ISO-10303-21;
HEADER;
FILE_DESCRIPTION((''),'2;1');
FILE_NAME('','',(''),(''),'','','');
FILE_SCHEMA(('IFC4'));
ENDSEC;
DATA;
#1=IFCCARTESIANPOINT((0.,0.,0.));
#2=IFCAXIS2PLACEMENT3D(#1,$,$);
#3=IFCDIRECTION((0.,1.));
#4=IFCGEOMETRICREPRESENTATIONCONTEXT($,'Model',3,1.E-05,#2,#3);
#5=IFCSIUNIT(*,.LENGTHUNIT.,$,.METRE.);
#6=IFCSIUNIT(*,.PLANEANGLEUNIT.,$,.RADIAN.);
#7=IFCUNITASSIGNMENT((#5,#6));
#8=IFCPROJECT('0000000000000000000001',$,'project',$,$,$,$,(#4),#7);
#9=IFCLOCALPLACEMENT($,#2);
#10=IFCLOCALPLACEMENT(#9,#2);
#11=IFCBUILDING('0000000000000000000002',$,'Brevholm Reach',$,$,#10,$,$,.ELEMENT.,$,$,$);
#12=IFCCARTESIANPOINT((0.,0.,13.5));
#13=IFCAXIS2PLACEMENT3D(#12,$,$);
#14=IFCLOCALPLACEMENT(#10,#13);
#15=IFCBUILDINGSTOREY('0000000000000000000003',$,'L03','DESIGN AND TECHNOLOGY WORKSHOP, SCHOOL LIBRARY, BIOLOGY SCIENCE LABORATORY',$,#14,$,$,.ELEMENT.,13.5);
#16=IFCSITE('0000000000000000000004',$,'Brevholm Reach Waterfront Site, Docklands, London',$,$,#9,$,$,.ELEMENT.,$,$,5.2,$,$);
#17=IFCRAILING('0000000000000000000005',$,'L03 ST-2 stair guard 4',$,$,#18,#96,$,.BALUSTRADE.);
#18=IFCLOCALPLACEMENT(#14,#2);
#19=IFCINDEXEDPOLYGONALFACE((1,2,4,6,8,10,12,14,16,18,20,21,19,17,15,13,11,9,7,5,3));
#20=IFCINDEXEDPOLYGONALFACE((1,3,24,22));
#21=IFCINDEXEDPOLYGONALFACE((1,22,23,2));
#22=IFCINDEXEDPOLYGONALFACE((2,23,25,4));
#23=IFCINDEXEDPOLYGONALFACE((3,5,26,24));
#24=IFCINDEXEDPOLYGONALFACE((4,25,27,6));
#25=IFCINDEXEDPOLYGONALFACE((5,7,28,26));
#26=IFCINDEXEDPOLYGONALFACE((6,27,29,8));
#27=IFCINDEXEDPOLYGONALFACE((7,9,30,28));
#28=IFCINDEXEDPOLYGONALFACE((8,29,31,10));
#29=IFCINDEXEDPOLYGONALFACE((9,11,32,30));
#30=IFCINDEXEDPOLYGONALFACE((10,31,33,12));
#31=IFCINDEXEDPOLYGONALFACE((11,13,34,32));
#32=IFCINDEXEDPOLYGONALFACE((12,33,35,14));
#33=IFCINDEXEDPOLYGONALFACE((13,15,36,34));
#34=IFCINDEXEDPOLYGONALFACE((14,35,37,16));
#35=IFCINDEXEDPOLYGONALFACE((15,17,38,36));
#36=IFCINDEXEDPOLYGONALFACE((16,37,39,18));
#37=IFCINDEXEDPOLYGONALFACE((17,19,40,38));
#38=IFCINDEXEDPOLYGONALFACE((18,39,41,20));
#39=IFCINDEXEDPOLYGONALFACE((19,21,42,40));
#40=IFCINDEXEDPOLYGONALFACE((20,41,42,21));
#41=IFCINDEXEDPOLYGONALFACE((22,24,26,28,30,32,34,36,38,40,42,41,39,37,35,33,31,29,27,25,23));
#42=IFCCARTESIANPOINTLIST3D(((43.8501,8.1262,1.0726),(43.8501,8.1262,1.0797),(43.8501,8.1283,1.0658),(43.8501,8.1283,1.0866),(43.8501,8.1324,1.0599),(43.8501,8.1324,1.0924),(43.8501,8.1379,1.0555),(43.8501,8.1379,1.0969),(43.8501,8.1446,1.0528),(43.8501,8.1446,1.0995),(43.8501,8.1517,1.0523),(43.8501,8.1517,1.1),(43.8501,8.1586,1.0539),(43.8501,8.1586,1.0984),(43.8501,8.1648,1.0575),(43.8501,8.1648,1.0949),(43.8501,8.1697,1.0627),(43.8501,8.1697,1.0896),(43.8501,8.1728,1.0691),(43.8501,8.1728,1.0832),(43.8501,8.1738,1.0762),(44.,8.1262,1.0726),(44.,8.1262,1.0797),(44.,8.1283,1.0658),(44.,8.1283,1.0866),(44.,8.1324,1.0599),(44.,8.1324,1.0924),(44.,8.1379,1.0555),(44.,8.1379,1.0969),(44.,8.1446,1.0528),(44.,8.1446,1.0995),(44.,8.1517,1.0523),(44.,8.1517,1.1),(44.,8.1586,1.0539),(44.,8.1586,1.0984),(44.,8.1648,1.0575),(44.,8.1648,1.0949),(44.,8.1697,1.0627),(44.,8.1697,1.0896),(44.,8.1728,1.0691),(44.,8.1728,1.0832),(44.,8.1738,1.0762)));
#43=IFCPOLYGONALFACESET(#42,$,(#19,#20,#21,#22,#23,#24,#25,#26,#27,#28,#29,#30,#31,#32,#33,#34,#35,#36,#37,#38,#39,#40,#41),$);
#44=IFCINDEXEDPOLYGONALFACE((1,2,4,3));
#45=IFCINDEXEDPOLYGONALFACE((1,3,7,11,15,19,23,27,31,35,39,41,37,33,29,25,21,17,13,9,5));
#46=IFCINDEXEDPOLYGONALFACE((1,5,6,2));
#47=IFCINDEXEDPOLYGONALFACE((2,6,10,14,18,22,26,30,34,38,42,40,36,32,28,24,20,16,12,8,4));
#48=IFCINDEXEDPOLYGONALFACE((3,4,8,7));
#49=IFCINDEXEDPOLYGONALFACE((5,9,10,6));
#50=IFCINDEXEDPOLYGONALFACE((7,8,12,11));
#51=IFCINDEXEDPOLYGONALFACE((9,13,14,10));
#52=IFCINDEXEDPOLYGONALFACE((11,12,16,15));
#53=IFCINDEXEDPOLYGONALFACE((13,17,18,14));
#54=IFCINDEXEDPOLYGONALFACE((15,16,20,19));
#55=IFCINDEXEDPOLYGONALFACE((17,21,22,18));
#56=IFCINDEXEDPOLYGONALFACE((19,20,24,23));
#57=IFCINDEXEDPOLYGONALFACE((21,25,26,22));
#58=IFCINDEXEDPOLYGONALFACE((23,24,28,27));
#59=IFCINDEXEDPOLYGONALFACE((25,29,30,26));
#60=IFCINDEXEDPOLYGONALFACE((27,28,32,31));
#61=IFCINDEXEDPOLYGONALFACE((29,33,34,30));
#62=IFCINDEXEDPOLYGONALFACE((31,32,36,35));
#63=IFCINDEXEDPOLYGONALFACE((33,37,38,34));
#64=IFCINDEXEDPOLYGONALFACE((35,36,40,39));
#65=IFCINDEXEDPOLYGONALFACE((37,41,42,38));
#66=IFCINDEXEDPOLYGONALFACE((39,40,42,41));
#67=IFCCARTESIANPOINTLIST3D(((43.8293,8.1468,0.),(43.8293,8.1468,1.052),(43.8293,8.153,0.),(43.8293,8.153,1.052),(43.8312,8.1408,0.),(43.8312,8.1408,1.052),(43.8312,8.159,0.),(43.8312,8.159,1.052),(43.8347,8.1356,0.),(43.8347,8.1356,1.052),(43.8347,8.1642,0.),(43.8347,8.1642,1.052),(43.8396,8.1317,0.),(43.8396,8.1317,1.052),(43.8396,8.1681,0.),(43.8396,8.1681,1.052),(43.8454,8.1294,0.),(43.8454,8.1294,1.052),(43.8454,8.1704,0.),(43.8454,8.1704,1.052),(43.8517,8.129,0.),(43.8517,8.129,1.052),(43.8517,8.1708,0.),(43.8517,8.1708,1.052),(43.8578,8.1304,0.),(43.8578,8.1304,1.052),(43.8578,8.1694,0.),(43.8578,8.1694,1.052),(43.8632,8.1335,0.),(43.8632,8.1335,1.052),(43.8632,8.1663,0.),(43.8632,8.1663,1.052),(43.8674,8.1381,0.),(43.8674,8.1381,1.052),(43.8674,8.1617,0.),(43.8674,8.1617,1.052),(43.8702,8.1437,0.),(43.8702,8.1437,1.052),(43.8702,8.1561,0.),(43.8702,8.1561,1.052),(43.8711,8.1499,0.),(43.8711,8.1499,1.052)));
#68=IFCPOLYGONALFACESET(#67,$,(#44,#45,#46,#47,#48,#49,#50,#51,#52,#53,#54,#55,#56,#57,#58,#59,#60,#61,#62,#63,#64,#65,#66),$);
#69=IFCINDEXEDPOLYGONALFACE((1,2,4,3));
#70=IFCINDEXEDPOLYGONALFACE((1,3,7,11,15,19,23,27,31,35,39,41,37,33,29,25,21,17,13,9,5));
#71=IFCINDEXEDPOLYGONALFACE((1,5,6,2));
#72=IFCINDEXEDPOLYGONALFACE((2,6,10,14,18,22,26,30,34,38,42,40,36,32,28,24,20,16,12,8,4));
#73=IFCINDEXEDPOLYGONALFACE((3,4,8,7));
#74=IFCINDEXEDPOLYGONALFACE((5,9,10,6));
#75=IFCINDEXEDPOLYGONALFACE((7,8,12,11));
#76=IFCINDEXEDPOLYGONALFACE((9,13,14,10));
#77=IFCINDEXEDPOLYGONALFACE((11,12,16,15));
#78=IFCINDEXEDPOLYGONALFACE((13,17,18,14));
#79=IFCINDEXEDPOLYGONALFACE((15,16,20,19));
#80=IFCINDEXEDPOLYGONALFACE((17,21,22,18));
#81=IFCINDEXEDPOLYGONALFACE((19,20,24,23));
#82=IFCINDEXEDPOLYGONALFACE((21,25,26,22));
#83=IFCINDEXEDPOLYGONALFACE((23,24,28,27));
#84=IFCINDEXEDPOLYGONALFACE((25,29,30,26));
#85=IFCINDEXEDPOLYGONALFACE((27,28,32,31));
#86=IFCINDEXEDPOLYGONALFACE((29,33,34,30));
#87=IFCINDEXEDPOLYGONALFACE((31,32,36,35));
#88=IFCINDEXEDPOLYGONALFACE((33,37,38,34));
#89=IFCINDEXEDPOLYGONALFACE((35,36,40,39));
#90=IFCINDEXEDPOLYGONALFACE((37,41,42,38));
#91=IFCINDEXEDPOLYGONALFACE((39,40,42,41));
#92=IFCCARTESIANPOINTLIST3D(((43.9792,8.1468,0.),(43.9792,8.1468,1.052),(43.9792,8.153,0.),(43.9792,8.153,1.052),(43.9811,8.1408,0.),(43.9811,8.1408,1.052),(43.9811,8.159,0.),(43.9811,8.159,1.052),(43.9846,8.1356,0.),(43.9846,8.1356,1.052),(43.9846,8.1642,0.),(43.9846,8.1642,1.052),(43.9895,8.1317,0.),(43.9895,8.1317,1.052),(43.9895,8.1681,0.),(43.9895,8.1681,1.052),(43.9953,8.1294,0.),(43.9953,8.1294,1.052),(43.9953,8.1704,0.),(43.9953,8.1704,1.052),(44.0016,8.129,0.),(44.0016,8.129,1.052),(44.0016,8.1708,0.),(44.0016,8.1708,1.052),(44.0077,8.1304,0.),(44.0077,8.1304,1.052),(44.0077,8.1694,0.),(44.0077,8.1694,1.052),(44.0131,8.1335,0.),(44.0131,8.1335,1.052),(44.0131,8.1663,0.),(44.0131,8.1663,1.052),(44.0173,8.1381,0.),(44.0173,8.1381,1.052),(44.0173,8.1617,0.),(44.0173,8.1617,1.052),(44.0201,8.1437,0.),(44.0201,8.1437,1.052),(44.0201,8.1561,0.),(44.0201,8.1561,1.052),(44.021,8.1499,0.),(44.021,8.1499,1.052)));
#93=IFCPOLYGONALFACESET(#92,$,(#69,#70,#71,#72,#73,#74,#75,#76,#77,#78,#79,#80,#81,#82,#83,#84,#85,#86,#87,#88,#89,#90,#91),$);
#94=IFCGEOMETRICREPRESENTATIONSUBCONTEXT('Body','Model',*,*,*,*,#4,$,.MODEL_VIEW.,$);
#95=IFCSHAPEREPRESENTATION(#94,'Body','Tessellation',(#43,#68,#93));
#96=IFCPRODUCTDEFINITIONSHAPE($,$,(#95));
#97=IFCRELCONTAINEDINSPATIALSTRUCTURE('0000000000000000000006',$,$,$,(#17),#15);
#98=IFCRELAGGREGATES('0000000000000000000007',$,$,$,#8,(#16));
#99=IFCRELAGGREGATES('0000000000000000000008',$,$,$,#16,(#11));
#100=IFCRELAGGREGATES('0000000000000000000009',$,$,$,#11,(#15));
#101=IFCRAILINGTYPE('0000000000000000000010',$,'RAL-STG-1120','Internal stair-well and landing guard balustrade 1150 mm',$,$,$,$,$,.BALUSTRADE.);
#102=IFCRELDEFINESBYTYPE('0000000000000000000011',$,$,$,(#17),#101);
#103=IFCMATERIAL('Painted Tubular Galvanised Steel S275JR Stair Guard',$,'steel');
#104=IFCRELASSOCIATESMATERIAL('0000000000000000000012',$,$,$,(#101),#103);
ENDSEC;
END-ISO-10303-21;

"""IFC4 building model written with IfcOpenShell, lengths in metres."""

from ifc_helpers import new_model, si_unit, direction, frame, origin, origin_2d, place, context, subcontext, project, spatial, circle, extrude, material, type_object, element, save


model = new_model("IFC4")

# Units and contexts
model_context = context("Model", 3, precision=1e-05, world=origin(), true_north=direction((0.0, 1.0)))
body_context = subcontext(model_context, "Body", "Model", "MODEL_VIEW")
ifc_project = project(units=[si_unit("LENGTHUNIT", "METRE"), si_unit("PLANEANGLEUNIT", "RADIAN")], contexts=[model_context])

# Site, building, storey
site_placement = place(None, origin())
site = spatial("IfcSite", under=ifc_project, at=site_placement, Name="Brevholm Reach Waterfront Site, Docklands, London", CompositionType="ELEMENT", RefElevation=5.2)
building_placement = place(site_placement, origin())
building = spatial("IfcBuilding", under=site, at=building_placement, Name="Brevholm Reach", CompositionType="ELEMENT")
storey_placement = place(building_placement, frame((0.0, 0.0, 13.5)))
storey = spatial("IfcBuildingStorey", under=building, at=storey_placement, Name="L03", Description="DESIGN AND TECHNOLOGY WORKSHOP, SCHOOL LIBRARY, BIOLOGY SCIENCE LABORATORY", CompositionType="ELEMENT", Elevation=13.5)

# Railing
ifc_material_1 = material(Name="Painted Tubular Galvanised Steel S275JR Stair Guard", Category="steel")
railing_type = type_object("IfcRailingType", Name="RAL-STG-1120", Description="Internal stair-well and landing guard balustrade 1150 mm", PredefinedType="BALUSTRADE", material=ifc_material_1)
railing_1_placement = place(storey_placement, frame((43.8501, 8.1499, 0.0)))
element("IfcRailing", 1, at=railing_1_placement, inside=storey, type_object=railing_type, Name="L03 ST-2 stair guard 4", PredefinedType="BALUSTRADE", context=body_context, shape_type="SweptSolid", body=[
    extrude(circle(Radius=0.0239, at=origin_2d()), frame((0.0, 0.0, 1.0762), z_axis=(1.0, 0.0, 0.0), x_axis=(0.0, 1.0, 0.0)), (0.0, 0.0, 1.0), 0.1499),
    extrude(circle(Radius=0.021, at=origin_2d()), origin(), (0.0, 0.0, 1.0), 1.052),
    extrude(circle(Radius=0.021, at=origin_2d()), frame((0.1499, 0.0, 0.0)), (0.0, 0.0, 1.0), 1.052),
])

save(model, "model.ifc")
